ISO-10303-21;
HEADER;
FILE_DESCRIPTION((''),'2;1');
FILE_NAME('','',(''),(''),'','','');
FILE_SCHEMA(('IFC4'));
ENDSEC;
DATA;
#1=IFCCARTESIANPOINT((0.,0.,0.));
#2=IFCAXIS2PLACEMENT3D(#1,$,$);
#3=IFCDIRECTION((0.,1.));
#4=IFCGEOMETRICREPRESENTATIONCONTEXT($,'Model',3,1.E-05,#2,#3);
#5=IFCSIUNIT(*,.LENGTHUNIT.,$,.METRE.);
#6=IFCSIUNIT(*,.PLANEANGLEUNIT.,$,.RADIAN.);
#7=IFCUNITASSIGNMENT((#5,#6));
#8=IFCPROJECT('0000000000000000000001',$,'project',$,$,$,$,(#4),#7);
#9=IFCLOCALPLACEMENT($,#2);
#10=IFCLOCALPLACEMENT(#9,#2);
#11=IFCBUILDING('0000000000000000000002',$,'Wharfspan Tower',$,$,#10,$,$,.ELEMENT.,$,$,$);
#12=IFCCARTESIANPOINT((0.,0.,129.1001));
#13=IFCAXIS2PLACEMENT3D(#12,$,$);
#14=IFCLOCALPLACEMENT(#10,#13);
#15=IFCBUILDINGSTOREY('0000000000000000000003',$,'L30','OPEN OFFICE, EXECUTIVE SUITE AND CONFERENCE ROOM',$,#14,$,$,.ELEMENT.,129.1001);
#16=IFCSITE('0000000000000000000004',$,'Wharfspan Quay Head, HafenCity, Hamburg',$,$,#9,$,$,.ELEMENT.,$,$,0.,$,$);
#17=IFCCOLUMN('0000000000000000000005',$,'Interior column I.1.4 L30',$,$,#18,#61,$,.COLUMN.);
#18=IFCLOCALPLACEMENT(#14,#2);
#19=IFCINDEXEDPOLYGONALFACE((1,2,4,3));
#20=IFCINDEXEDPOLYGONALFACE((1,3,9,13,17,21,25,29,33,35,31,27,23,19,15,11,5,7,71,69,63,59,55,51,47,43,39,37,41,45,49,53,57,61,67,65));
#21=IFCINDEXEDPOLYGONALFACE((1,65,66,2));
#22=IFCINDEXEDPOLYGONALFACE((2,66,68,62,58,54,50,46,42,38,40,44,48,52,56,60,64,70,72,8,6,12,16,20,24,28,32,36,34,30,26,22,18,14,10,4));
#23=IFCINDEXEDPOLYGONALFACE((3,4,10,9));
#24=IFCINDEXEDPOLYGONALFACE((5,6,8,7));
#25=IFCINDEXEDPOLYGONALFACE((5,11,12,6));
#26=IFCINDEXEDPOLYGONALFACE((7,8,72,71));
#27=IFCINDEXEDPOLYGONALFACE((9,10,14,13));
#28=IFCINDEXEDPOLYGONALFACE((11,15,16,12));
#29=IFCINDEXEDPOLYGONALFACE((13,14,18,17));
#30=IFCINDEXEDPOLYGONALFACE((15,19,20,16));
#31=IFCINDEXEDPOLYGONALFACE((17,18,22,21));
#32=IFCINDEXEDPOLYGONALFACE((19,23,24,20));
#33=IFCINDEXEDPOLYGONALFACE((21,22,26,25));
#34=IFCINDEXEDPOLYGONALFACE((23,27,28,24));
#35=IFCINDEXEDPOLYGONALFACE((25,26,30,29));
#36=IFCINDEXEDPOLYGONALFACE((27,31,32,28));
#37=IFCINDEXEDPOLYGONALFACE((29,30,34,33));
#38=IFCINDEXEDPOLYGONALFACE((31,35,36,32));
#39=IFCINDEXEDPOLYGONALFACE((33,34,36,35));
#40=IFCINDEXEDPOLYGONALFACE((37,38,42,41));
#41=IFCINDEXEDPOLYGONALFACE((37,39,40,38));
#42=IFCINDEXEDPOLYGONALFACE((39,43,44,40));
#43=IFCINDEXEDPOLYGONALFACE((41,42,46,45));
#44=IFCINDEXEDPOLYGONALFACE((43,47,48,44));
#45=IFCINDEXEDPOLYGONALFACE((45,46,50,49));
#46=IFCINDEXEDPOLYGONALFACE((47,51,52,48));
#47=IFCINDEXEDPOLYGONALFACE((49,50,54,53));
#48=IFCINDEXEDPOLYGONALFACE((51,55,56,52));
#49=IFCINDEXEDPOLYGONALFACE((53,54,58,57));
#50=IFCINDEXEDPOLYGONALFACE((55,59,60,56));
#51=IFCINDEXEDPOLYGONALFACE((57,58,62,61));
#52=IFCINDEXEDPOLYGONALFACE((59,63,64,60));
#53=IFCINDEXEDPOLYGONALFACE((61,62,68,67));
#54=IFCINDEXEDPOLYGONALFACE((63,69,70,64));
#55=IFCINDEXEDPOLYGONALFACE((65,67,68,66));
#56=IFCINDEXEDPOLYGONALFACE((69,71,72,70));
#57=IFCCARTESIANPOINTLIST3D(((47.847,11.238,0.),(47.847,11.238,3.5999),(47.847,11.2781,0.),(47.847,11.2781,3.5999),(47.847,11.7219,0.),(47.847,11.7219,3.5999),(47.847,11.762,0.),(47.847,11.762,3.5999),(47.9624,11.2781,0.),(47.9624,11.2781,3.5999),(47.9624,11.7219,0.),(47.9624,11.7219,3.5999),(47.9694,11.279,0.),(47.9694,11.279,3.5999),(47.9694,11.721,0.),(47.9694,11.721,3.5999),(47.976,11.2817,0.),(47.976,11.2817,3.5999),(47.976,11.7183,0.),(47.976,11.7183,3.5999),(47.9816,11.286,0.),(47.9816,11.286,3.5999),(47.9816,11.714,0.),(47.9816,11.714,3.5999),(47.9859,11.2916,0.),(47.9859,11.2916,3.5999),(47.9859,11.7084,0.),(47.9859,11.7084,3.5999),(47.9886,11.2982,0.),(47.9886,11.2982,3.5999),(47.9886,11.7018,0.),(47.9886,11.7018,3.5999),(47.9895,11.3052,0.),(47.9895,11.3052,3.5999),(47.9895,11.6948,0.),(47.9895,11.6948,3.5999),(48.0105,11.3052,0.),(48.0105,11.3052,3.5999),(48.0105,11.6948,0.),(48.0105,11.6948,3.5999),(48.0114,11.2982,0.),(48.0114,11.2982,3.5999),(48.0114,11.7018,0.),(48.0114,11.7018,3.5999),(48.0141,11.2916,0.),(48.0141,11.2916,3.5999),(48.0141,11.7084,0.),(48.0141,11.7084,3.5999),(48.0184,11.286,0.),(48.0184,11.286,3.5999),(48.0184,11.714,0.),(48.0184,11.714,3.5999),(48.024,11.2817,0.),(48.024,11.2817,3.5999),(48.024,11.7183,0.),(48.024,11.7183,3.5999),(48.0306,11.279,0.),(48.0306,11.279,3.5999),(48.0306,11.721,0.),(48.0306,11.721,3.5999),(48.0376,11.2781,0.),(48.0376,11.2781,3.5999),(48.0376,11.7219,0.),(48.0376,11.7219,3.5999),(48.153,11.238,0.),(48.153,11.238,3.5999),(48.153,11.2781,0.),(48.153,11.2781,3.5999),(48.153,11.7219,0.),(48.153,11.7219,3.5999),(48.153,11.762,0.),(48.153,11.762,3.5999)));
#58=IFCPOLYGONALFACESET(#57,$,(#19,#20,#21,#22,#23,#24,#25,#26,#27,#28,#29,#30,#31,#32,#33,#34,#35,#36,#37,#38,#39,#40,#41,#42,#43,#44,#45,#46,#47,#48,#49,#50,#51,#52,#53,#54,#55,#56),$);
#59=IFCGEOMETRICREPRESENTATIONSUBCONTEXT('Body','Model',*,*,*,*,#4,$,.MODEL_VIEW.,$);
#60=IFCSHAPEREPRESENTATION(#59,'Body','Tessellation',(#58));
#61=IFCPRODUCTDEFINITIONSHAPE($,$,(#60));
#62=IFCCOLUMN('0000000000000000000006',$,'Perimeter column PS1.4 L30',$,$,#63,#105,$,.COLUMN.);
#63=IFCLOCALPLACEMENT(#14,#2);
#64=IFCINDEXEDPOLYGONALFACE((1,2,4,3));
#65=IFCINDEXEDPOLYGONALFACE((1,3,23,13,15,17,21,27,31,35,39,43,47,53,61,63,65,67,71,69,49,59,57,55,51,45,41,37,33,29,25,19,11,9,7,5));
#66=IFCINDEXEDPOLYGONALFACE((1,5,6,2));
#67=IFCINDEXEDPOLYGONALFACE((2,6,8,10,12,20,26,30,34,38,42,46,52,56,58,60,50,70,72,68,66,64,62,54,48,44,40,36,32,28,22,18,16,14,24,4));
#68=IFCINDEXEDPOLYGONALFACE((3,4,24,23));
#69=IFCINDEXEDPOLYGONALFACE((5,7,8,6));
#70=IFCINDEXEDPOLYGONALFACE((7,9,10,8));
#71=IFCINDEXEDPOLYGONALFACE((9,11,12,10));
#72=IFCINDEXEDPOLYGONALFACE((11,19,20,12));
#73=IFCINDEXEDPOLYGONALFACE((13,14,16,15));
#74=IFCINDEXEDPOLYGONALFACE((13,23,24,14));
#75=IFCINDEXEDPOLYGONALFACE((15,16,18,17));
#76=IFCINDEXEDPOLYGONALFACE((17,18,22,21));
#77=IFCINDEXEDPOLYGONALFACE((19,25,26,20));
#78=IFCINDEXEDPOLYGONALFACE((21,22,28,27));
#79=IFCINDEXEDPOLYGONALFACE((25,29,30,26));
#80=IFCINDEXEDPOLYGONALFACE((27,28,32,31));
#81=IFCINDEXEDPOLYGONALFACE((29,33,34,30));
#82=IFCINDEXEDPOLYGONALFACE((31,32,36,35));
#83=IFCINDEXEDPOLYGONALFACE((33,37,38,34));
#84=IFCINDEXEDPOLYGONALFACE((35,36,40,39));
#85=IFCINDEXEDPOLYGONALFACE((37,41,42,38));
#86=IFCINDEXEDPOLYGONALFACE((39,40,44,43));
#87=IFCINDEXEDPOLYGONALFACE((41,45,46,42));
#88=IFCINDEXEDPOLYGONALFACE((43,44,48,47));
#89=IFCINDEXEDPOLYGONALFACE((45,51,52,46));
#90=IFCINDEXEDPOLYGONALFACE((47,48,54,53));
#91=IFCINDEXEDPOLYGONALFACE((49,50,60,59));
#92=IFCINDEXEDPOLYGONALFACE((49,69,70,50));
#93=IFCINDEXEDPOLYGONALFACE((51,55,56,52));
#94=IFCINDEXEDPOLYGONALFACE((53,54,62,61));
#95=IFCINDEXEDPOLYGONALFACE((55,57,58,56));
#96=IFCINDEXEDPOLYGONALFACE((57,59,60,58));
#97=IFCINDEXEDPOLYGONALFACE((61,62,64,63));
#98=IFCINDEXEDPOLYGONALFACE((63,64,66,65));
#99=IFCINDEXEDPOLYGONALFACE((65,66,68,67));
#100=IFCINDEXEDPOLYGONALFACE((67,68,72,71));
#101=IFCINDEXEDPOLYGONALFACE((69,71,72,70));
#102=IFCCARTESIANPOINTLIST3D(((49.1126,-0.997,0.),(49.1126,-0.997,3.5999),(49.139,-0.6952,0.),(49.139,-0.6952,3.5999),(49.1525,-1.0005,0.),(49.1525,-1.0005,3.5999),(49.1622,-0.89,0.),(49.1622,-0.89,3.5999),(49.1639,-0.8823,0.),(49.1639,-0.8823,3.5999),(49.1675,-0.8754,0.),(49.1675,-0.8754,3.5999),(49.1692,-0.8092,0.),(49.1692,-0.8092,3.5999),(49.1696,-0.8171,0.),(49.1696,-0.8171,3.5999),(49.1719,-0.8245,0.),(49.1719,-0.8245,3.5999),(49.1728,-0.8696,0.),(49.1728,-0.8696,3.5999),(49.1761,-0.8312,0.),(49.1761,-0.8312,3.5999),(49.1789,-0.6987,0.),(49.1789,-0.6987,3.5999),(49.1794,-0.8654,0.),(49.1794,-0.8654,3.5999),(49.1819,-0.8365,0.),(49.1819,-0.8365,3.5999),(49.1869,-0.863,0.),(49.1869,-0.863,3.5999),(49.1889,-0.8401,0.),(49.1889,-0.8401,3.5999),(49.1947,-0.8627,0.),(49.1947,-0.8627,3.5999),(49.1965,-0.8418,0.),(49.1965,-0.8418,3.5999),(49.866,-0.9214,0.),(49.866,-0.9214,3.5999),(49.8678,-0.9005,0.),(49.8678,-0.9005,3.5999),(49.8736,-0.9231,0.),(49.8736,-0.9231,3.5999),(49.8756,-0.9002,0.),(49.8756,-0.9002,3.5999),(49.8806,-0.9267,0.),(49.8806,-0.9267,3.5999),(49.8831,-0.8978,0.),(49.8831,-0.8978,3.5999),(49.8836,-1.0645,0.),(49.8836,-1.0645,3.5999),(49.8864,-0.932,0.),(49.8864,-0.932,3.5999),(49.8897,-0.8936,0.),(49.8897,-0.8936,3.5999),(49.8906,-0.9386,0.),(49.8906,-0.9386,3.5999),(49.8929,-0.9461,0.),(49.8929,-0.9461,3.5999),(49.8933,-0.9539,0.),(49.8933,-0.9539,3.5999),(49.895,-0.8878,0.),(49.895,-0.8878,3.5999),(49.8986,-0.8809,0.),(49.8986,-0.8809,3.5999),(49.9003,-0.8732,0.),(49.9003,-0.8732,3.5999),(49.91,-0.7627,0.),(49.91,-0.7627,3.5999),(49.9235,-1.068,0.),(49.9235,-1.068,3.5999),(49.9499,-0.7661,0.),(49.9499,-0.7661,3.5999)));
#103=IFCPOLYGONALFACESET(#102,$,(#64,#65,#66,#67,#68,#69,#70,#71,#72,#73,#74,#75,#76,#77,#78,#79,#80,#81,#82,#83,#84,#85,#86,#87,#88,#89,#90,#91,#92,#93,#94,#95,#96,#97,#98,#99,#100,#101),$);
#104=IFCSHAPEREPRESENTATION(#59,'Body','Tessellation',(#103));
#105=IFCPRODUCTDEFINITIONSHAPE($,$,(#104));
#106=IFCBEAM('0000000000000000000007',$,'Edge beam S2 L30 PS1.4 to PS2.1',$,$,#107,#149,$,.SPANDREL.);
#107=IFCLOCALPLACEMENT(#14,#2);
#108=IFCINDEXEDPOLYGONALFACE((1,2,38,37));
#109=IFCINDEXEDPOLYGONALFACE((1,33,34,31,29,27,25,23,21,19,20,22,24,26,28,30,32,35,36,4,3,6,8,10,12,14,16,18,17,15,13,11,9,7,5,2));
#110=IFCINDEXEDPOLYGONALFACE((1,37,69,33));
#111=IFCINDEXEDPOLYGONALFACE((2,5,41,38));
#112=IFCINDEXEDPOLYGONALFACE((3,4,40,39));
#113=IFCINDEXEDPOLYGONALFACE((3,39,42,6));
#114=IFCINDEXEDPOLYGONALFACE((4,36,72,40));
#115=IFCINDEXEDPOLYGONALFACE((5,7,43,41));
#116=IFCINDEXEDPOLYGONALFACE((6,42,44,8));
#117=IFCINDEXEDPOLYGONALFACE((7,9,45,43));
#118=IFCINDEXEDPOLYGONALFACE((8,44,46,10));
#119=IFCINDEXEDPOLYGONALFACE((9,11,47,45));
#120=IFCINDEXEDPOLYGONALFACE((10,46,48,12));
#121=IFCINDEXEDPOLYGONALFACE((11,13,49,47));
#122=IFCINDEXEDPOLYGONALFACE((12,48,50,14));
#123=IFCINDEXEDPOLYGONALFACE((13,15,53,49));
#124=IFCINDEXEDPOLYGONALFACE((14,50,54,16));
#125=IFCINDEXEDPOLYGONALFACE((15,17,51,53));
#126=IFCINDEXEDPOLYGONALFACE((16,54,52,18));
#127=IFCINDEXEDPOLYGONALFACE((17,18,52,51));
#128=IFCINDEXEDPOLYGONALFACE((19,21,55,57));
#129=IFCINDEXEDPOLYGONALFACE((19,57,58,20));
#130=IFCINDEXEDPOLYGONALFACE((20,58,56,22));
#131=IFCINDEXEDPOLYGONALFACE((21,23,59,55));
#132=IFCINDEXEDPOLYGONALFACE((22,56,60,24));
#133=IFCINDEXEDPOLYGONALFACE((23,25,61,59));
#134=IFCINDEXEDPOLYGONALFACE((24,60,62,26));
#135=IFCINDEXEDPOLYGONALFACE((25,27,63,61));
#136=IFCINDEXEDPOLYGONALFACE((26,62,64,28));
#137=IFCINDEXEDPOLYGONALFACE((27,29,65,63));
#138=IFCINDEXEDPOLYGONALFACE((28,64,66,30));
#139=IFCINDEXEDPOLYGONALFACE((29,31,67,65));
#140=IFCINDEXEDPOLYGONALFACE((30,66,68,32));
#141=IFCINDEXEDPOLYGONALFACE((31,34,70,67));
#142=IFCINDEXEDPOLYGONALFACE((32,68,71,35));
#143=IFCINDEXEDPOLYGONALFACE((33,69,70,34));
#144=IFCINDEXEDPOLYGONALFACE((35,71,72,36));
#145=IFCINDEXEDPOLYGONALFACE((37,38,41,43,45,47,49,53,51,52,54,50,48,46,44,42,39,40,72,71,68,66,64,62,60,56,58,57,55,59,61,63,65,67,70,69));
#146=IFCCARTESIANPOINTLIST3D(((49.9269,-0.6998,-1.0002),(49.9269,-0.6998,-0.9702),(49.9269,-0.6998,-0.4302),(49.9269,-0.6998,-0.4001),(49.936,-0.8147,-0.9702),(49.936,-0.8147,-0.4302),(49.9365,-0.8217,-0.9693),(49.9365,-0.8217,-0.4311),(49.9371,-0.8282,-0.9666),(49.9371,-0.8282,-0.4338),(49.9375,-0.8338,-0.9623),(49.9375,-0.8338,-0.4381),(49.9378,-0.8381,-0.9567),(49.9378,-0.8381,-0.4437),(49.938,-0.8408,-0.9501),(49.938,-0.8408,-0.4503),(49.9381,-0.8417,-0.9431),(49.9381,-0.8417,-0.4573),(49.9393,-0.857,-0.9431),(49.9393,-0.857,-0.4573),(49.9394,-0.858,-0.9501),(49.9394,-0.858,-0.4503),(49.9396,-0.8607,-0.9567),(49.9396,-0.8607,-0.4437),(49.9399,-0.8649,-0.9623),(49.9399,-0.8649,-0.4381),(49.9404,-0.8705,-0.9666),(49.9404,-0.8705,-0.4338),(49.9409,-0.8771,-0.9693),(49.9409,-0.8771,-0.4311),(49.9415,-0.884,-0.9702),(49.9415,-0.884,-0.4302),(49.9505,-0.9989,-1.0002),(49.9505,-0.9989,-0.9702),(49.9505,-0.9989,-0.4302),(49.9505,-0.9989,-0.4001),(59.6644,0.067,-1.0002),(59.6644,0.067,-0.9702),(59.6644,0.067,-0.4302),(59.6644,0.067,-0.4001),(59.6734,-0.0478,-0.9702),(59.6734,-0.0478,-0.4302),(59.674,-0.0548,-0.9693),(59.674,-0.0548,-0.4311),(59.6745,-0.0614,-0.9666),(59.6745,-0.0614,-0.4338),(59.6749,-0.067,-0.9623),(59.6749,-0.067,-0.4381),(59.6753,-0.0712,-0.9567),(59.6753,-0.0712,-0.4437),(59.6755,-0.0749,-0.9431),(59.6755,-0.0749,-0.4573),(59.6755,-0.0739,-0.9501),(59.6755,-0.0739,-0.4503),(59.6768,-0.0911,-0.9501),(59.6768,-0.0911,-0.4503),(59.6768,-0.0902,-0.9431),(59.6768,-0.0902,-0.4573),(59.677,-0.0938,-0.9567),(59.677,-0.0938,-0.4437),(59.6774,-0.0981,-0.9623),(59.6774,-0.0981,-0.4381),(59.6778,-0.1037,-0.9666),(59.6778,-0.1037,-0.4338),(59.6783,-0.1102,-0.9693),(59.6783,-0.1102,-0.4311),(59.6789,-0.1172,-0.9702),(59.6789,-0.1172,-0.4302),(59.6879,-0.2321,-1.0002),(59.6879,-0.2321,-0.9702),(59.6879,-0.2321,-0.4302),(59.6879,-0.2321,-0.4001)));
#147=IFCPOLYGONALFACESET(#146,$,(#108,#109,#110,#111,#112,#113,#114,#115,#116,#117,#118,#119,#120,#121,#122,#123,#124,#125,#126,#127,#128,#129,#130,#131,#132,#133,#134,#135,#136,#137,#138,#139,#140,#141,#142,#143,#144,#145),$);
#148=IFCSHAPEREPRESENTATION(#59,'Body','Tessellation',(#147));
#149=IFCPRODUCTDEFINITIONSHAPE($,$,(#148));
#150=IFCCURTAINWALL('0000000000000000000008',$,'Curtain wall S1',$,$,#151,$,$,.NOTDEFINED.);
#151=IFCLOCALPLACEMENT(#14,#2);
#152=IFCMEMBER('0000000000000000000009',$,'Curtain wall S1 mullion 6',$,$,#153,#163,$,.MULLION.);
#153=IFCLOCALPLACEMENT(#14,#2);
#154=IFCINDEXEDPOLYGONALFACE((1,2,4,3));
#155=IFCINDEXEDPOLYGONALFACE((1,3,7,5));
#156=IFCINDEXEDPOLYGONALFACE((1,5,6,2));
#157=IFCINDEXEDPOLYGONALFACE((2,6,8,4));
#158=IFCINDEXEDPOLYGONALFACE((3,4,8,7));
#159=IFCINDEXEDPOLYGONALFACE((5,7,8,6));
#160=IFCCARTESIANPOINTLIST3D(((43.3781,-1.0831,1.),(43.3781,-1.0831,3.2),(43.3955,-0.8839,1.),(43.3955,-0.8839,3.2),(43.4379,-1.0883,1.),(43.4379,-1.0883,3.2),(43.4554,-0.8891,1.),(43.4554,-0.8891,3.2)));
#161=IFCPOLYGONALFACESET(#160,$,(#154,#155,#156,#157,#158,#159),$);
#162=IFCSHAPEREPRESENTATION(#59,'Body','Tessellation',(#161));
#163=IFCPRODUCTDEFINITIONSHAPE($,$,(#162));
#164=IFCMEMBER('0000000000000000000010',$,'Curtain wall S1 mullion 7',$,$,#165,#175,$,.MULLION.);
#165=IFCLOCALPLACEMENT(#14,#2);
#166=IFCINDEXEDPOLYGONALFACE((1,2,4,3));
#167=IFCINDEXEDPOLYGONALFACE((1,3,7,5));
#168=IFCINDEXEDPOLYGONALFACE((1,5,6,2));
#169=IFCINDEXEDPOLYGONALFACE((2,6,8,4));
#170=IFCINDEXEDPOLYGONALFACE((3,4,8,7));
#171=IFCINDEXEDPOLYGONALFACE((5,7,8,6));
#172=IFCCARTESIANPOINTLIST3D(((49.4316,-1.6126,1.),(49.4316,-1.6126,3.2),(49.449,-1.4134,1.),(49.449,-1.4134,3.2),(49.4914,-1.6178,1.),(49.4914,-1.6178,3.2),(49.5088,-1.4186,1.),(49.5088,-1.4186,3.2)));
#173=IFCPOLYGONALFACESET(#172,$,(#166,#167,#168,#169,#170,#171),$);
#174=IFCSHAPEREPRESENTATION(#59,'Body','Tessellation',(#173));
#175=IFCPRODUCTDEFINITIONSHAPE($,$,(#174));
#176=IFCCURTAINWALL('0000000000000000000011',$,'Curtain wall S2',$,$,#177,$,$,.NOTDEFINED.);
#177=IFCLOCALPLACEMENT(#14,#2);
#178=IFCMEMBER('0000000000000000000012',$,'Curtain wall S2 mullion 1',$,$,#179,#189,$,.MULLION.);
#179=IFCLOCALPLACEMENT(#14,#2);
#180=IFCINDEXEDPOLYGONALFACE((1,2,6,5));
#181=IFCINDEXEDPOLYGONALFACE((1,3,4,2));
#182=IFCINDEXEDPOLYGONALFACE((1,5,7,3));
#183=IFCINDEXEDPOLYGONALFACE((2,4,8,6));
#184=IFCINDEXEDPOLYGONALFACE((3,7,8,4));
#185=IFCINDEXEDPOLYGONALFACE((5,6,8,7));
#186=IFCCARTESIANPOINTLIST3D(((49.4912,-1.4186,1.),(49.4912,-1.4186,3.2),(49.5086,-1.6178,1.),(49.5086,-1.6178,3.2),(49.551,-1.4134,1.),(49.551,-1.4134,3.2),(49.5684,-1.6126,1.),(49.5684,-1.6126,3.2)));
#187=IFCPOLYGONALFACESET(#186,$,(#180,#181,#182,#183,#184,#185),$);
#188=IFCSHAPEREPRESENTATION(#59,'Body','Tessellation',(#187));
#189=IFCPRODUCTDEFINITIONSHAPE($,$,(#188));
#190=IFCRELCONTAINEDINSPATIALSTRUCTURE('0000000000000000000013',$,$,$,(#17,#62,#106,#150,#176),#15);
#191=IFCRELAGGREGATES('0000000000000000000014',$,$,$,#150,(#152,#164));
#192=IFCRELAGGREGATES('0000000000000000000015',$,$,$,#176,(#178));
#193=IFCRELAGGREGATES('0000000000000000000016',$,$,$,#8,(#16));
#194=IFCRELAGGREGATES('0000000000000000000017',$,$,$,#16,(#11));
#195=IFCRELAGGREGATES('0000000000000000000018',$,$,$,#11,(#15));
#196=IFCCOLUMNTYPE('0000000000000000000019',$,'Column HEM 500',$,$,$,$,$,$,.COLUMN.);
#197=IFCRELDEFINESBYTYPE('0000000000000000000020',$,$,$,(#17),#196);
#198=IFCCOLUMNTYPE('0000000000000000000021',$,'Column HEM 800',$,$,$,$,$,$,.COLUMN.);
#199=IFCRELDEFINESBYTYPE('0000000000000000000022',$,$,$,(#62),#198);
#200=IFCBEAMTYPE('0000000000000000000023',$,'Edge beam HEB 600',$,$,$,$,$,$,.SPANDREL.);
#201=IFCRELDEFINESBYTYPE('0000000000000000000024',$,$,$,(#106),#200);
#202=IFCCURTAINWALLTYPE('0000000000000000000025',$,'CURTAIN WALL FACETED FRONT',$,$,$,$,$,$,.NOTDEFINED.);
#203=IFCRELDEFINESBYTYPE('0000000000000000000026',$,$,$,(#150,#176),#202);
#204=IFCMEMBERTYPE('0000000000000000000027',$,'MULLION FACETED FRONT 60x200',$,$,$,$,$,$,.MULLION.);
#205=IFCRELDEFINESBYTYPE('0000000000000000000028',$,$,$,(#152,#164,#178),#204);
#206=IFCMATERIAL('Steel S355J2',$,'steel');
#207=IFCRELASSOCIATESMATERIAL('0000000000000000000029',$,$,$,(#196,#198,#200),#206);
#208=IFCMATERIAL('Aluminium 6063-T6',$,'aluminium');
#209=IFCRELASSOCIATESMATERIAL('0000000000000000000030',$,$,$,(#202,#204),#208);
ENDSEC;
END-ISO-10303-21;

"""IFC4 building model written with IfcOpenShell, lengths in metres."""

from ifc_helpers import new_model, si_unit, direction, frame, origin, origin_2d, place, context, subcontext, project, spatial, rectangle, i_section, extrude, material, material_profile, profile_set, type_object, element, aggregate, save


model = new_model("IFC4")

# Units and contexts
model_context = context("Model", 3, precision=1e-05, world=origin(), true_north=direction((0.0, 1.0)))
body_context = subcontext(model_context, "Body", "Model", "MODEL_VIEW")
ifc_project = project(units=[si_unit("LENGTHUNIT", "METRE"), si_unit("PLANEANGLEUNIT", "RADIAN")], contexts=[model_context])

# Site, building, storey
site_placement = place(None, origin())
site = spatial("IfcSite", under=ifc_project, at=site_placement, Name="Wharfspan Quay Head, HafenCity, Hamburg", CompositionType="ELEMENT", RefElevation=0.0)
building_placement = place(site_placement, origin())
building = spatial("IfcBuilding", under=site, at=building_placement, Name="Wharfspan Tower", CompositionType="ELEMENT")
storey_placement = place(building_placement, frame((0.0, 0.0, 129.1001)))
storey = spatial("IfcBuildingStorey", under=building, at=storey_placement, Name="L30", Description="OPEN OFFICE, EXECUTIVE SUITE AND CONFERENCE ROOM", CompositionType="ELEMENT", Elevation=129.1001)

# Columns
ifc_material_1 = material(Name="Steel S355J2", Category="steel")
ifc_material_profile_1 = material_profile(ifc_material_1, i_section(OverallWidth=0.3059, OverallDepth=0.5239, WebThickness=0.021, FlangeThickness=0.04, FilletRadius=0.0271, at=origin_2d()))
ifc_profile_set_1 = profile_set([ifc_material_profile_1], Name="Steel S355J2")
column_type_1 = type_object("IfcColumnType", Name="Column HEM 500", PredefinedType="COLUMN", material=ifc_profile_set_1)
column_1_placement = place(storey_placement, frame((48.0, 11.5, 0.0), z_axis=(0.0, 0.0, 1.0), x_axis=(1.0, 0.0, 0.0)))
element("IfcColumn", 1, at=column_1_placement, inside=storey, type_object=column_type_1, Name="Interior column I.1.4 L30", PredefinedType="COLUMN", context=body_context, shape_type="SweptSolid", body=[
    extrude(i_section(OverallWidth=0.3059, OverallDepth=0.5239, WebThickness=0.021, FlangeThickness=0.04, FilletRadius=0.0271, at=origin_2d()), origin(), (0.0, 0.0, 1.0), 3.5999),
])
ifc_material_profile_2 = material_profile(ifc_material_1, i_section(OverallWidth=0.303, OverallDepth=0.814, WebThickness=0.021, FlangeThickness=0.04, FilletRadius=0.03, at=origin_2d()))
ifc_profile_set_2 = profile_set([ifc_material_profile_2], Name="Steel S355J2")
column_type_2 = type_object("IfcColumnType", Name="Column HEM 800", PredefinedType="COLUMN", material=ifc_profile_set_2)
column_2_placement = place(storey_placement, frame((49.5312, -0.8816, 0.0), z_axis=(0.0, 0.0, 1.0), x_axis=(-0.087156, -0.996198, 0.0)))
element("IfcColumn", 2, at=column_2_placement, inside=storey, type_object=column_type_2, Name="Perimeter column PS1.4 L30", PredefinedType="COLUMN", context=body_context, shape_type="SweptSolid", body=[
    extrude(i_section(OverallWidth=0.303, OverallDepth=0.814, WebThickness=0.021, FlangeThickness=0.04, FilletRadius=0.03, at=origin_2d()), origin(), (0.0, 0.0, 1.0), 3.5999),
])

# Beam
ifc_material_profile_3 = material_profile(ifc_material_1, i_section(OverallWidth=0.3, OverallDepth=0.6001, WebThickness=0.0154, FlangeThickness=0.03, FilletRadius=0.0271, at=origin_2d()))
ifc_profile_set_3 = profile_set([ifc_material_profile_3], Name="Steel S355J2")
beam_type = type_object("IfcBeamType", Name="Edge beam HEB 600", PredefinedType="SPANDREL", material=ifc_profile_set_3)
beam_placement = place(storey_placement, frame((49.9387, -0.8494, -0.7002), z_axis=(0.996913, 0.078508, 0.0), x_axis=(-0.078508, 0.996913, 0.0)))
element("IfcBeam", 3, at=beam_placement, inside=storey, type_object=beam_type, Name="Edge beam S2 L30 PS1.4 to PS2.1", PredefinedType="SPANDREL", context=body_context, shape_type="SweptSolid", body=[
    extrude(i_section(OverallWidth=0.3, OverallDepth=0.6001, WebThickness=0.0154, FlangeThickness=0.03, FilletRadius=0.0271, at=origin_2d()), origin(), (0.0, 0.0, 1.0), 9.7676),
])

# Curtain wall, members
ifc_material_2 = material(Name="Aluminium 6063-T6", Category="aluminium")
curtain_wall_type = type_object("IfcCurtainWallType", Name="CURTAIN WALL FACETED FRONT", PredefinedType="NOTDEFINED", material=ifc_material_2)
curtain_wall_1_placement = place(storey_placement, origin())
curtain_wall_1 = element("IfcCurtainWall", 4, at=curtain_wall_1_placement, inside=storey, type_object=curtain_wall_type, Name="Curtain wall S1", PredefinedType="NOTDEFINED")
ifc_material_profile_4 = material_profile(ifc_material_2, rectangle(XDim=0.2, YDim=0.0601, at=origin_2d()))
ifc_profile_set_4 = profile_set([ifc_material_profile_4], Name="Aluminium 6063-T6")
member_type_1 = type_object("IfcMemberType", Name="MULLION FACETED FRONT 60x200", PredefinedType="MULLION", material=ifc_profile_set_4)
member_1_placement = place(storey_placement, frame((43.4167, -0.9861, 1.0), z_axis=(0.0, 0.0, 1.0), x_axis=(0.087156, 0.996198, 0.0)))
member_1 = element("IfcMember", 5, at=member_1_placement, type_object=member_type_1, Name="Curtain wall S1 mullion 6", PredefinedType="MULLION", context=body_context, shape_type="SweptSolid", body=[
    extrude(rectangle(XDim=0.2, YDim=0.0601, at=origin_2d()), origin(), (0.0, 0.0, 1.0), 2.2),
])
member_2_placement = place(storey_placement, frame((49.4702, -1.5156, 1.0), z_axis=(0.0, 0.0, 1.0), x_axis=(0.087156, 0.996198, 0.0)))
member_2 = element("IfcMember", 6, at=member_2_placement, type_object=member_type_1, Name="Curtain wall S1 mullion 7", PredefinedType="MULLION", context=body_context, shape_type="SweptSolid", body=[
    extrude(rectangle(XDim=0.2, YDim=0.0601, at=origin_2d()), origin(), (0.0, 0.0, 1.0), 2.2),
])

# Curtain wall, member
curtain_wall_2_placement = place(storey_placement, origin())
curtain_wall_2 = element("IfcCurtainWall", 7, at=curtain_wall_2_placement, inside=storey, type_object=curtain_wall_type, Name="Curtain wall S2", PredefinedType="NOTDEFINED")
member_3_placement = place(storey_placement, frame((49.5298, -1.5156, 1.0), z_axis=(0.0, 0.0, 1.0), x_axis=(-0.087156, 0.996198, 0.0)))
member_3 = element("IfcMember", 8, at=member_3_placement, type_object=member_type_1, Name="Curtain wall S2 mullion 1", PredefinedType="MULLION", context=body_context, shape_type="SweptSolid", body=[
    extrude(rectangle(XDim=0.2, YDim=0.0601, at=origin_2d()), origin(), (0.0, 0.0, 1.0), 2.2),
])

aggregate(curtain_wall_1, [member_1, member_2])
aggregate(curtain_wall_2, [member_3])

save(model, "model.ifc")
